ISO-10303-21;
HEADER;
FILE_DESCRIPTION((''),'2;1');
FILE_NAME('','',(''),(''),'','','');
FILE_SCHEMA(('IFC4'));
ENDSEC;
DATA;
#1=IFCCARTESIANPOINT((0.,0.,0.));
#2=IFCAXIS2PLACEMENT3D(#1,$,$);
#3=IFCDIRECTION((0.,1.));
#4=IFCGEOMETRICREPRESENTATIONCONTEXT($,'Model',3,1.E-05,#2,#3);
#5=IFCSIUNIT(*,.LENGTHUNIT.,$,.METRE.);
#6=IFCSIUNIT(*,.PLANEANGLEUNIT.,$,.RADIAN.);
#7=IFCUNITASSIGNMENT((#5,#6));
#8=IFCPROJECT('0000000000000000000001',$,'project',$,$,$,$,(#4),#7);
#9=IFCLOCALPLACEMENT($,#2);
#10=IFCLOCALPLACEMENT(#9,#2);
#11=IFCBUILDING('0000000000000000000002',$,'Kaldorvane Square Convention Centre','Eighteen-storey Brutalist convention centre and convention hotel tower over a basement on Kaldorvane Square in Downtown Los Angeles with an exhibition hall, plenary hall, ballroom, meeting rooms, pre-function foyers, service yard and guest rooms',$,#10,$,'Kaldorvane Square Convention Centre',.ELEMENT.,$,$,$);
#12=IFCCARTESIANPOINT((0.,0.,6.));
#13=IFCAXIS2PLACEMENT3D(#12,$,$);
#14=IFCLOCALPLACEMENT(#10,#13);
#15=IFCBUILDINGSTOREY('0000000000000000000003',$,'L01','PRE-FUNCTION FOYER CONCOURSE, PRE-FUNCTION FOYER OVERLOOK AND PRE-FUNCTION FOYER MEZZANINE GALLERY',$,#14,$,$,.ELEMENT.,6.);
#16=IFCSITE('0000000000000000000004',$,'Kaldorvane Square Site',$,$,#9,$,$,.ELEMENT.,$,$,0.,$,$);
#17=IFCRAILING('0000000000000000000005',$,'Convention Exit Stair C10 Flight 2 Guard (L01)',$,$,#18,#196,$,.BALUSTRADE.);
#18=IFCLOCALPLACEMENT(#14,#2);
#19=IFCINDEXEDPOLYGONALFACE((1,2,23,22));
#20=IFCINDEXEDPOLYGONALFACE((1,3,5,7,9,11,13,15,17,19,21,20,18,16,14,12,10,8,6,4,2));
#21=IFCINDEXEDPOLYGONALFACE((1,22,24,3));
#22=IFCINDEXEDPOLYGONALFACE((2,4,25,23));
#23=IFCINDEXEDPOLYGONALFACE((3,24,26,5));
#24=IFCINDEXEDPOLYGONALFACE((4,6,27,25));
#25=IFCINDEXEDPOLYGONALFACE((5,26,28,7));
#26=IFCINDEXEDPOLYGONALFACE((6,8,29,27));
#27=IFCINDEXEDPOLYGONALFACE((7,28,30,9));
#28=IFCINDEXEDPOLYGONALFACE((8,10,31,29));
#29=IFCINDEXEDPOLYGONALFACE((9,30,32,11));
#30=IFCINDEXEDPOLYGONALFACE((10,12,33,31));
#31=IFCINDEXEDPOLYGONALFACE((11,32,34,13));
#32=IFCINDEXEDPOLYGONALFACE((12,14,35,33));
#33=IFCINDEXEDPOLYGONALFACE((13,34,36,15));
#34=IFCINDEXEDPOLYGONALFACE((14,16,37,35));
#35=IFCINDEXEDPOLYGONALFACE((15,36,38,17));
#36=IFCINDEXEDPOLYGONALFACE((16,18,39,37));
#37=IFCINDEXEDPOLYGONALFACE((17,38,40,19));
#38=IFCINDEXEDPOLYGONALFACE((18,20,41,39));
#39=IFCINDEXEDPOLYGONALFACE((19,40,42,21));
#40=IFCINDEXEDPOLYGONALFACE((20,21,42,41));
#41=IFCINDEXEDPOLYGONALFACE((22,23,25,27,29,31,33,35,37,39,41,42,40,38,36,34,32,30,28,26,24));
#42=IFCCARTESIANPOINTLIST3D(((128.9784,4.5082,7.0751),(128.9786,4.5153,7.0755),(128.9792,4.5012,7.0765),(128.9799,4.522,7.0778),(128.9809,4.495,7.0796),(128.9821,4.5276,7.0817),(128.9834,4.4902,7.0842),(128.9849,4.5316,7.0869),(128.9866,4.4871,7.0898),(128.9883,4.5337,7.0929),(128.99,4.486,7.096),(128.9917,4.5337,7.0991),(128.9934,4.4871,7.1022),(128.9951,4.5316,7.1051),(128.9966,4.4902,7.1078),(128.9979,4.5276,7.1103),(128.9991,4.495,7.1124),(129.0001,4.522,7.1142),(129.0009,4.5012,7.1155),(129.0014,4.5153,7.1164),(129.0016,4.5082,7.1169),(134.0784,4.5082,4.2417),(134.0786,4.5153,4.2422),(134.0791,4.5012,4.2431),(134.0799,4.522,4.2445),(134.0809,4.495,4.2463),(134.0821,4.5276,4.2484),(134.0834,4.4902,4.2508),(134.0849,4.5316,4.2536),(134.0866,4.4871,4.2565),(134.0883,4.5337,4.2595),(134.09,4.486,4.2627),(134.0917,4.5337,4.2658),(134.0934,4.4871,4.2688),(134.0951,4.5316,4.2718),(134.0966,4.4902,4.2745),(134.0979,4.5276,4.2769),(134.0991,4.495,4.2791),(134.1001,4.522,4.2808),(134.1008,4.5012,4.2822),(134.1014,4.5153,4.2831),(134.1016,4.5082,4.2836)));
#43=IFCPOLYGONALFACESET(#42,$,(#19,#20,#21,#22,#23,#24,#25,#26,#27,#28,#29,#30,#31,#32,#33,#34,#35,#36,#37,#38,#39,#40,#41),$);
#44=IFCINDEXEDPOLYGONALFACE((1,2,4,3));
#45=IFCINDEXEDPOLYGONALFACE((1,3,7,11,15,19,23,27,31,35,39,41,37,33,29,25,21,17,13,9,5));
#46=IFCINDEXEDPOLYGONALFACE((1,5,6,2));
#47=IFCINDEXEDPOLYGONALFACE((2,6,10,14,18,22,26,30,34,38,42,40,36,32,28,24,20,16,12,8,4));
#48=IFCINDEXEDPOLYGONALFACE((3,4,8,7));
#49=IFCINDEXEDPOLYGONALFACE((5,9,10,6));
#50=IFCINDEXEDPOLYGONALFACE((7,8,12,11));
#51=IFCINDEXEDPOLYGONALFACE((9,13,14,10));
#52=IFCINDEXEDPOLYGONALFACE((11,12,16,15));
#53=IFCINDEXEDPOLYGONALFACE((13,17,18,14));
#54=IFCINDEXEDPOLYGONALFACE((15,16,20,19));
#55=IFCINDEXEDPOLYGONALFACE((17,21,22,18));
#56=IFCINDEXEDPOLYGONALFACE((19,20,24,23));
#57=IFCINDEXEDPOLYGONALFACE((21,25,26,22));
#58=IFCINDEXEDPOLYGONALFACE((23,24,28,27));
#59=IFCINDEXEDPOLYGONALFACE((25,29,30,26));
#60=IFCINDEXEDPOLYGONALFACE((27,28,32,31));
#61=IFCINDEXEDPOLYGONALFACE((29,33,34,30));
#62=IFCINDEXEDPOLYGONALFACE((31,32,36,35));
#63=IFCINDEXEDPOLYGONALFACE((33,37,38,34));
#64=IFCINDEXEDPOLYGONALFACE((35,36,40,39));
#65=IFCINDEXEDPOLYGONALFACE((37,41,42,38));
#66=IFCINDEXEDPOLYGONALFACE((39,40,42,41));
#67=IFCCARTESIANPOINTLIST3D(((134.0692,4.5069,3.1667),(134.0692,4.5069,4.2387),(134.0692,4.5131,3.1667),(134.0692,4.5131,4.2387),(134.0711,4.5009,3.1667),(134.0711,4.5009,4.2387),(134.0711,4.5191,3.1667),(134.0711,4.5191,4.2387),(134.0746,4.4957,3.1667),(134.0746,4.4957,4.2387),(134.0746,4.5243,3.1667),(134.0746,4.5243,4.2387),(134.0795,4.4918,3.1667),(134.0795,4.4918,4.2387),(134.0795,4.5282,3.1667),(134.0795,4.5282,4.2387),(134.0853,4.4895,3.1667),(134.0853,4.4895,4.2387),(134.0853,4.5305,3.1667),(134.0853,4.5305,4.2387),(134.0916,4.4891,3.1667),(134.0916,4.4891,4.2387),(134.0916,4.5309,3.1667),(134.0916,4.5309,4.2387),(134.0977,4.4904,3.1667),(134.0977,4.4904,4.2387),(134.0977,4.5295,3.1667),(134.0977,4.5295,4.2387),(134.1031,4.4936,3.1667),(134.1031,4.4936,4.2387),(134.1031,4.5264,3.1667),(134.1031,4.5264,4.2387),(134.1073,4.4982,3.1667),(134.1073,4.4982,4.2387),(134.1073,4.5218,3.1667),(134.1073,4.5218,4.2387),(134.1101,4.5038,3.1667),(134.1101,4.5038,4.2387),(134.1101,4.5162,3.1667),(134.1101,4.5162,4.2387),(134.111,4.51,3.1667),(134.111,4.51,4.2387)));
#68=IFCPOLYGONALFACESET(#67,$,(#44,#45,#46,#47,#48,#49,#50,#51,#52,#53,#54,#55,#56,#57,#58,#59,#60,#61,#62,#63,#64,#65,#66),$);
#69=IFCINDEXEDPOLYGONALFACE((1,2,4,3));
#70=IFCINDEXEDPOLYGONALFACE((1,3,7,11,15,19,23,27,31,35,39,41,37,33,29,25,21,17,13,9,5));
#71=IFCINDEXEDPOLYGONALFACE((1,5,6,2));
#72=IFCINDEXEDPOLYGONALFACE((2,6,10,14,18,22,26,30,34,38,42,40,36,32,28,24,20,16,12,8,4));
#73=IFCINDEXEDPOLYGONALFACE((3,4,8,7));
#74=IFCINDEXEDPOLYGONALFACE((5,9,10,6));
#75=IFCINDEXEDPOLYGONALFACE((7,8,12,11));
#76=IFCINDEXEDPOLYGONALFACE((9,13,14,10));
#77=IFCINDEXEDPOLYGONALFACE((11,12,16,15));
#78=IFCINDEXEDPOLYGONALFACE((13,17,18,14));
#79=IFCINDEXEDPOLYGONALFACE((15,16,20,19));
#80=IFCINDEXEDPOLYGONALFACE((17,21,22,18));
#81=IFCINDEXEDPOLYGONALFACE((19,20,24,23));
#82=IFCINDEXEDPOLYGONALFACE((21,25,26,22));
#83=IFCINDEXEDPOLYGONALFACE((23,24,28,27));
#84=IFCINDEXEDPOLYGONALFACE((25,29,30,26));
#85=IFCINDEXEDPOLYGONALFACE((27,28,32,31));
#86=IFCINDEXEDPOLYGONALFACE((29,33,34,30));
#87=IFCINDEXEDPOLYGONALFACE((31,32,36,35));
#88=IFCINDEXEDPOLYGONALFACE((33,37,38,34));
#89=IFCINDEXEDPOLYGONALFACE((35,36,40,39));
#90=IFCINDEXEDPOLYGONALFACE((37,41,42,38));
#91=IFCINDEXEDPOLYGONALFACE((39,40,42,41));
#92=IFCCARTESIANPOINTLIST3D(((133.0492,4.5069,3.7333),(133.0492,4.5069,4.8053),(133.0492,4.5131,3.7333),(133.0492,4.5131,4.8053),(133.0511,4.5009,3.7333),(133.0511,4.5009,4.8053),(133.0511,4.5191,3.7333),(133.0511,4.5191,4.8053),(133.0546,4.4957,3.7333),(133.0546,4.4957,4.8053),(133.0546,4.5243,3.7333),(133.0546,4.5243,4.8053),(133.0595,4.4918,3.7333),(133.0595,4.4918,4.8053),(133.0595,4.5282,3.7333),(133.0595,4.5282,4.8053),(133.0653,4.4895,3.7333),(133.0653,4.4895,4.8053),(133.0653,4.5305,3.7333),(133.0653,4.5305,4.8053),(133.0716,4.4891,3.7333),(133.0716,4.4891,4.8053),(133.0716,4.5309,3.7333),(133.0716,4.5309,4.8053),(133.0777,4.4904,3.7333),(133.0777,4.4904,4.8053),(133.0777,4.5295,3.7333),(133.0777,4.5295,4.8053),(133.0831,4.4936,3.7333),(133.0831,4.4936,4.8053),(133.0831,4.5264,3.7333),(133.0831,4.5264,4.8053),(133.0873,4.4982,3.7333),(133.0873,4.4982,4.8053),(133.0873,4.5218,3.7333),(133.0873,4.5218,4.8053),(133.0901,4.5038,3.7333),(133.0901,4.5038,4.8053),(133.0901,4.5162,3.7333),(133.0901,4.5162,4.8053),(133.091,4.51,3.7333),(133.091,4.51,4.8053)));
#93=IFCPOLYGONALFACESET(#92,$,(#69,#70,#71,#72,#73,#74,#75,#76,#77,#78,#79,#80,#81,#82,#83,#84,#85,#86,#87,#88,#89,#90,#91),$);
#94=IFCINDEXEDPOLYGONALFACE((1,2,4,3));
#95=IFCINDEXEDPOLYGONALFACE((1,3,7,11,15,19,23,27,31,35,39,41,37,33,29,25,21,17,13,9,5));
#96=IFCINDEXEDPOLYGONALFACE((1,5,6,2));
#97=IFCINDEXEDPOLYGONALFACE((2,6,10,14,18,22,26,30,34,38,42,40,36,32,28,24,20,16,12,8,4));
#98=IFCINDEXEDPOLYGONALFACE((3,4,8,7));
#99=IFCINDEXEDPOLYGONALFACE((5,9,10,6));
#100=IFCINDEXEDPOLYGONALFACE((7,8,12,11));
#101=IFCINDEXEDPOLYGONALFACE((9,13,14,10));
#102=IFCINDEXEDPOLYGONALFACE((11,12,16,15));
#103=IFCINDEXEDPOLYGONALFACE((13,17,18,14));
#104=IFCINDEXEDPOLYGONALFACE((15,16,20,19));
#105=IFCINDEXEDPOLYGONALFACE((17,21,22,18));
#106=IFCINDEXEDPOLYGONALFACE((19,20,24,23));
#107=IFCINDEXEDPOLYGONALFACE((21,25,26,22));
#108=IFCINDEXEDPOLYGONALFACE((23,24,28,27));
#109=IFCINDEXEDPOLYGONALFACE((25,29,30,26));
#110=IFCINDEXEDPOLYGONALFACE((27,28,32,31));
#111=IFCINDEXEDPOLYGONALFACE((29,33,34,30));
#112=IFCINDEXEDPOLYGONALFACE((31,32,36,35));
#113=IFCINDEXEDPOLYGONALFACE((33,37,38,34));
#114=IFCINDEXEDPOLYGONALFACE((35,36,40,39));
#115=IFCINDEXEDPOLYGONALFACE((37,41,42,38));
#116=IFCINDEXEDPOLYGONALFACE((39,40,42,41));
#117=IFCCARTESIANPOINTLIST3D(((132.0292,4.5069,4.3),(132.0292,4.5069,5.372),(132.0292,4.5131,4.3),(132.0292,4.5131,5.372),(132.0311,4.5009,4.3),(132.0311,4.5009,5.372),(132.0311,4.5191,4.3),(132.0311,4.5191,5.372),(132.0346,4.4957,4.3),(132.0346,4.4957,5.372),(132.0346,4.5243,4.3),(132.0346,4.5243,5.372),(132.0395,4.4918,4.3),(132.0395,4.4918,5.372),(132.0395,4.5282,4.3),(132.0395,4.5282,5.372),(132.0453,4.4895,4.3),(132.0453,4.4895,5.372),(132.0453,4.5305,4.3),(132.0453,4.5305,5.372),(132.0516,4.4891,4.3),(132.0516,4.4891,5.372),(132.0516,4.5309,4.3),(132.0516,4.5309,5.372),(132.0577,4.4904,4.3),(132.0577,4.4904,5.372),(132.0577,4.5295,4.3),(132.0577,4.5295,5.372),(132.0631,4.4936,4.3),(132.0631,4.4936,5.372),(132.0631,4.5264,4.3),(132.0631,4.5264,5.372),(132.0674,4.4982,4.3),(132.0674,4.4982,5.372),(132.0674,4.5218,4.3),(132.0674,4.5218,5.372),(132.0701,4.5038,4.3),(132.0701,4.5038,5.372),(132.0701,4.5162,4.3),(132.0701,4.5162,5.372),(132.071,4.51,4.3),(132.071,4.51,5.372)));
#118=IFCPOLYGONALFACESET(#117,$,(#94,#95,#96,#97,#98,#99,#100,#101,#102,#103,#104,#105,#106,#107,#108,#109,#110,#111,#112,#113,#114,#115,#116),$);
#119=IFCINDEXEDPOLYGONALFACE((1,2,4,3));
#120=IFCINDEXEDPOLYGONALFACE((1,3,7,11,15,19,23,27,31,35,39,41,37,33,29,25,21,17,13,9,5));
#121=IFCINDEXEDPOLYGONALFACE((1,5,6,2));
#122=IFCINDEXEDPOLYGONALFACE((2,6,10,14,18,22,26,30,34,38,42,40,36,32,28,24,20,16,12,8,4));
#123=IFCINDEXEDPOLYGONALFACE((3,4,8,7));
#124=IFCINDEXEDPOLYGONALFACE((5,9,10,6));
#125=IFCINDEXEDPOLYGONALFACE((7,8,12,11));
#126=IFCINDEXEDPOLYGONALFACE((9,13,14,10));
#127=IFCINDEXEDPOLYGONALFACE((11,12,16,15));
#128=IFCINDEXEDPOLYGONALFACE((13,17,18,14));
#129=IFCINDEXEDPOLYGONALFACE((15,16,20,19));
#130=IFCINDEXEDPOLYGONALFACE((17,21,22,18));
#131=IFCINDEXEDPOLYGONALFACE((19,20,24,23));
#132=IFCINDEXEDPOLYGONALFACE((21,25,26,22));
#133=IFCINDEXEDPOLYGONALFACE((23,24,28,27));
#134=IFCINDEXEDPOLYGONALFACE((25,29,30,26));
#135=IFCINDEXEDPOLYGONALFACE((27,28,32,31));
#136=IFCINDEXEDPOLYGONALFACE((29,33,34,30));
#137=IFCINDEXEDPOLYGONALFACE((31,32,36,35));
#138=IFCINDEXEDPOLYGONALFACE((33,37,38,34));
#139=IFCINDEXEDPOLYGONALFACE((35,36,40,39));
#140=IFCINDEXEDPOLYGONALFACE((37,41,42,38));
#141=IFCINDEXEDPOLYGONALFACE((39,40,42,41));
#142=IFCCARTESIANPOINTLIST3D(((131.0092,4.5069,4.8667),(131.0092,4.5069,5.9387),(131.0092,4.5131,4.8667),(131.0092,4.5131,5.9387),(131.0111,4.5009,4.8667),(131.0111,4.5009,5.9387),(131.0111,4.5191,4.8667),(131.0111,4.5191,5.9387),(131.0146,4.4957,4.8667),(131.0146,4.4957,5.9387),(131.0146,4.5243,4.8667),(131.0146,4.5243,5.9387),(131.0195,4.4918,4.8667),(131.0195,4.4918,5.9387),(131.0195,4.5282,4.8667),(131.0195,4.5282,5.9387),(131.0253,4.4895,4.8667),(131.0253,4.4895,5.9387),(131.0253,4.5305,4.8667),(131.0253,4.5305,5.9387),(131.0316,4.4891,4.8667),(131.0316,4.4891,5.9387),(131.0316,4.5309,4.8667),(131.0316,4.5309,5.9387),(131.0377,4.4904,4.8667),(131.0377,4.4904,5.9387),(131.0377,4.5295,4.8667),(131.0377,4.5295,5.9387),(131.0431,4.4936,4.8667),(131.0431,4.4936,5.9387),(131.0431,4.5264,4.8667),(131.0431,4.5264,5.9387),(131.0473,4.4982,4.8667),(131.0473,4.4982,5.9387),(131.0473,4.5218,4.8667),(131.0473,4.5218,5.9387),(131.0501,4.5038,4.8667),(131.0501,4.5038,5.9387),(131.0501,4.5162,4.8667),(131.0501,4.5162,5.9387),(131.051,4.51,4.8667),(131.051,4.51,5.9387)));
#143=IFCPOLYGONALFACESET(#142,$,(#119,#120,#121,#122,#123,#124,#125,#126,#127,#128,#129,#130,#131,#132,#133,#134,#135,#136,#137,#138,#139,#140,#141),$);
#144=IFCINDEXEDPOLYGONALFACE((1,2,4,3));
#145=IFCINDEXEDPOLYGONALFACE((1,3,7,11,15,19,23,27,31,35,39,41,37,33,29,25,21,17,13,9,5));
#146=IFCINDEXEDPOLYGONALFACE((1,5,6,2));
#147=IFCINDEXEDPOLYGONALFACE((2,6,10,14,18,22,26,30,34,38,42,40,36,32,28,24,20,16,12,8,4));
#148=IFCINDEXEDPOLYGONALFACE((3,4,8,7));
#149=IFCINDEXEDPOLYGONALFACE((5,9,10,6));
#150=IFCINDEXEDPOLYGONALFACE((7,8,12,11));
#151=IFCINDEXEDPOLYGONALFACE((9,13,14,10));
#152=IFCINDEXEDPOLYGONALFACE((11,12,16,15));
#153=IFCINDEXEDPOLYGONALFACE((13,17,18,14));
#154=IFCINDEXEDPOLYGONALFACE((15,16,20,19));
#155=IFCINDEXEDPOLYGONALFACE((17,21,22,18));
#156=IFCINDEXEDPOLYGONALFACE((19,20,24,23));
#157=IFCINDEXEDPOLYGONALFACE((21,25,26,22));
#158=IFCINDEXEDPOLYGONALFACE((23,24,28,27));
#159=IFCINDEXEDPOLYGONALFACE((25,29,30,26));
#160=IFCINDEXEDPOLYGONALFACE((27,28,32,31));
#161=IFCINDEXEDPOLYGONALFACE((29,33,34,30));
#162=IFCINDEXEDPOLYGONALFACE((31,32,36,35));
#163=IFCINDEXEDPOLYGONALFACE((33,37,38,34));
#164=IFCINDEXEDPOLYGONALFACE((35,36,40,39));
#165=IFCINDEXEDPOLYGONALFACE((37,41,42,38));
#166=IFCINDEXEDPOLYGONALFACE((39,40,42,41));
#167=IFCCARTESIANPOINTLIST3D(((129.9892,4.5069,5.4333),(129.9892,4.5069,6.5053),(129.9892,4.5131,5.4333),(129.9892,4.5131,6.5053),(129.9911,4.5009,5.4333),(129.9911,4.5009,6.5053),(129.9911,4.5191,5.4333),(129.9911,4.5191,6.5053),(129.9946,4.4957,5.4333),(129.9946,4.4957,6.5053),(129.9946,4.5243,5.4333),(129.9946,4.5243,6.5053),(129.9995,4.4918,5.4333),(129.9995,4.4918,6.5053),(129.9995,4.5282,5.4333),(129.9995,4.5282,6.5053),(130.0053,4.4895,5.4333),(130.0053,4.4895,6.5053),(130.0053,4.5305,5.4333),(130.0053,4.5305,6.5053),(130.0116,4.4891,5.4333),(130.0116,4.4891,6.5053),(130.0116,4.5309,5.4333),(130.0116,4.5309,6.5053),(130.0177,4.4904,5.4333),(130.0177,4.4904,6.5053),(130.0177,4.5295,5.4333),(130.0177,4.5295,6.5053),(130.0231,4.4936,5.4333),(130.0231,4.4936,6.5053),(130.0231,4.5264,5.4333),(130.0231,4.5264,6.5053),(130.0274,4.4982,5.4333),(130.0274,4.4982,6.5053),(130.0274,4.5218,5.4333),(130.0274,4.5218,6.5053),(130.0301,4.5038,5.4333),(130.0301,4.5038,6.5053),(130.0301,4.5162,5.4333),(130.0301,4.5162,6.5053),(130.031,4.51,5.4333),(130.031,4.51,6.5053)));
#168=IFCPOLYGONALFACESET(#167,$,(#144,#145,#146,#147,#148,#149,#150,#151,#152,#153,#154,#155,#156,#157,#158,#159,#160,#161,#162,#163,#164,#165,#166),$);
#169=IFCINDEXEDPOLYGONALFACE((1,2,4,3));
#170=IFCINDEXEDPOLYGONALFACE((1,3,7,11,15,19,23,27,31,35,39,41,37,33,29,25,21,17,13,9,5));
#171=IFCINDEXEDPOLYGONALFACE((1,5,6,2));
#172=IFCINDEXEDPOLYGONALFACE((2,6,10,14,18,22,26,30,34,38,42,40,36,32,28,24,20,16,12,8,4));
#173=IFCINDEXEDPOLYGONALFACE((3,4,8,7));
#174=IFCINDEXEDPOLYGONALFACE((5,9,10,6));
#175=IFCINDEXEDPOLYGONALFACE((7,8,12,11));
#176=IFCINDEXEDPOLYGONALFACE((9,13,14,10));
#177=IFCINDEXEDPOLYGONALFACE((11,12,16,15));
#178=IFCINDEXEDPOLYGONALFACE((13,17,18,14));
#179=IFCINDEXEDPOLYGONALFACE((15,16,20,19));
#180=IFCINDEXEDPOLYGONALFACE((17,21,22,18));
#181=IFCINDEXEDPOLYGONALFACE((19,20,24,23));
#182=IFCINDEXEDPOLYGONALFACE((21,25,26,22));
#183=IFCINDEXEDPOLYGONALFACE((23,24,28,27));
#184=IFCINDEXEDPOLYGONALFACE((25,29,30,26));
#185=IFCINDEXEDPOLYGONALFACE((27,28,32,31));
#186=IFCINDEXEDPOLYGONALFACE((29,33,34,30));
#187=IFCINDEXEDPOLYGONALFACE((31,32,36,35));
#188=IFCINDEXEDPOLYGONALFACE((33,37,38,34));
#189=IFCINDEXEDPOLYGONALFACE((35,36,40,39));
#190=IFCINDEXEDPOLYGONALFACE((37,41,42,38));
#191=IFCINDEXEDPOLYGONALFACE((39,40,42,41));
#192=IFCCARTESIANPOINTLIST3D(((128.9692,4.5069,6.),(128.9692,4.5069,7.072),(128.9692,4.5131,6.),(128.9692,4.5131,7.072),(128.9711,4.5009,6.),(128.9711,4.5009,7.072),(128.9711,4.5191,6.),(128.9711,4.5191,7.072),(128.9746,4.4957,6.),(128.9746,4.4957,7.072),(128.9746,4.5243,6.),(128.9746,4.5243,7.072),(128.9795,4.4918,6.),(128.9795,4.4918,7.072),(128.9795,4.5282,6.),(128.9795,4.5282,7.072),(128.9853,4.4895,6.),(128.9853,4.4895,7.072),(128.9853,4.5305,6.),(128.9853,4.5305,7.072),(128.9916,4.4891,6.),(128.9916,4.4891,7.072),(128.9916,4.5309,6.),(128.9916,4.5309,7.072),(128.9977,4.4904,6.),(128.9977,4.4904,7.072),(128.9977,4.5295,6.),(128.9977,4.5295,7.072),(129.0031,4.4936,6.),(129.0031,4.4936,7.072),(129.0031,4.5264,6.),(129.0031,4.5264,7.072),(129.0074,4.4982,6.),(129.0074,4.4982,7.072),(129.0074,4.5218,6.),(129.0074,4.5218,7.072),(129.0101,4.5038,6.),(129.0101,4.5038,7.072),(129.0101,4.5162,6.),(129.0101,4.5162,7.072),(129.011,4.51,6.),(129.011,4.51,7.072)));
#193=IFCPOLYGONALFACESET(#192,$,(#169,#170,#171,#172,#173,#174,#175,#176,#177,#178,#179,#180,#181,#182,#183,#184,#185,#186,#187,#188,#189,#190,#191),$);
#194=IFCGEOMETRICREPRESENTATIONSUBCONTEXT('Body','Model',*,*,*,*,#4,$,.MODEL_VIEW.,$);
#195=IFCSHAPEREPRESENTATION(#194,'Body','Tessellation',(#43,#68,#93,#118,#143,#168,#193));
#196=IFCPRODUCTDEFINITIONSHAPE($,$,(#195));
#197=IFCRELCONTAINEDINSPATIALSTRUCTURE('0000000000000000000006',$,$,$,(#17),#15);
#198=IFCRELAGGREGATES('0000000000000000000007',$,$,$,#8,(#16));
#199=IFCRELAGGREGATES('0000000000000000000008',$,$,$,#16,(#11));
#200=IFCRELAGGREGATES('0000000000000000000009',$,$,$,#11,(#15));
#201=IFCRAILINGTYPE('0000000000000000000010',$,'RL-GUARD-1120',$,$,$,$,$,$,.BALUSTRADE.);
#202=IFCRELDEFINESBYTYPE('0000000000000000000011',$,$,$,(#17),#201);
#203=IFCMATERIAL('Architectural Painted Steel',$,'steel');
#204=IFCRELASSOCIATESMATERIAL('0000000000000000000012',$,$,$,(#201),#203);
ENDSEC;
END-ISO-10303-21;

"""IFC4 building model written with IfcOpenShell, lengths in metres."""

from ifc_helpers import new_model, si_unit, direction, frame, origin, origin_2d, place, context, subcontext, project, spatial, circle, extrude, material, type_object, element, save


model = new_model("IFC4")

# Units and contexts
model_context = context("Model", 3, precision=1e-05, world=origin(), true_north=direction((0.0, 1.0)))
body_context = subcontext(model_context, "Body", "Model", "MODEL_VIEW")
ifc_project = project(units=[si_unit("LENGTHUNIT", "METRE"), si_unit("PLANEANGLEUNIT", "RADIAN")], contexts=[model_context])

# Site, building, storey
site_placement = place(None, origin())
site = spatial("IfcSite", under=ifc_project, at=site_placement, Name="Kaldorvane Square Site", CompositionType="ELEMENT", RefElevation=0.0)
building_placement = place(site_placement, origin())
building = spatial("IfcBuilding", under=site, at=building_placement, Name="Kaldorvane Square Convention Centre", Description="Eighteen-storey Brutalist convention centre and convention hotel tower over a basement on Kaldorvane Square in Downtown Los Angeles with an exhibition hall, plenary hall, ballroom, meeting rooms, pre-function foyers, service yard and guest rooms", LongName="Kaldorvane Square Convention Centre", CompositionType="ELEMENT")
storey_placement = place(building_placement, frame((0.0, 0.0, 6.0)))
storey = spatial("IfcBuildingStorey", under=building, at=storey_placement, Name="L01", Description="PRE-FUNCTION FOYER CONCOURSE, PRE-FUNCTION FOYER OVERLOOK AND PRE-FUNCTION FOYER MEZZANINE GALLERY", CompositionType="ELEMENT", Elevation=6.0)

# Railing
ifc_material_1 = material(Name="Architectural Painted Steel", Category="steel")
railing_type_1 = type_object("IfcRailingType", Name="RL-GUARD-1120", PredefinedType="BALUSTRADE", material=ifc_material_1)
railing_1_placement = place(storey_placement, frame((134.09, 4.51, 3.1667)))
element("IfcRailing", 1, at=railing_1_placement, inside=storey, type_object=railing_type_1, Name="Convention Exit Stair C10 Flight 2 Guard (L01)", PredefinedType="BALUSTRADE", context=body_context, shape_type="SweptSolid", body=[
    extrude(circle(Radius=0.024, at=origin_2d()), frame((0.0, 0.0, 1.096), z_axis=(-0.874157, 0.0, 0.485643), x_axis=(0.0, -1.0, 0.0)), (0.0, 0.0, 1.0), 5.8342),
    extrude(circle(Radius=0.021, at=origin_2d()), origin(), (0.0, 0.0, 1.0), 1.072),
    extrude(circle(Radius=0.021, at=origin_2d()), frame((-1.02, 0.0, 0.5667)), (0.0, 0.0, 1.0), 1.072),
    extrude(circle(Radius=0.021, at=origin_2d()), frame((-2.04, 0.0, 1.1333)), (0.0, 0.0, 1.0), 1.072),
    extrude(circle(Radius=0.021, at=origin_2d()), frame((-3.06, 0.0, 1.7)), (0.0, 0.0, 1.0), 1.072),
    extrude(circle(Radius=0.021, at=origin_2d()), frame((-4.08, 0.0, 2.2667)), (0.0, 0.0, 1.0), 1.072),
    extrude(circle(Radius=0.021, at=origin_2d()), frame((-5.1, 0.0, 2.8333)), (0.0, 0.0, 1.0), 1.072),
])

save(model, "model.ifc")
